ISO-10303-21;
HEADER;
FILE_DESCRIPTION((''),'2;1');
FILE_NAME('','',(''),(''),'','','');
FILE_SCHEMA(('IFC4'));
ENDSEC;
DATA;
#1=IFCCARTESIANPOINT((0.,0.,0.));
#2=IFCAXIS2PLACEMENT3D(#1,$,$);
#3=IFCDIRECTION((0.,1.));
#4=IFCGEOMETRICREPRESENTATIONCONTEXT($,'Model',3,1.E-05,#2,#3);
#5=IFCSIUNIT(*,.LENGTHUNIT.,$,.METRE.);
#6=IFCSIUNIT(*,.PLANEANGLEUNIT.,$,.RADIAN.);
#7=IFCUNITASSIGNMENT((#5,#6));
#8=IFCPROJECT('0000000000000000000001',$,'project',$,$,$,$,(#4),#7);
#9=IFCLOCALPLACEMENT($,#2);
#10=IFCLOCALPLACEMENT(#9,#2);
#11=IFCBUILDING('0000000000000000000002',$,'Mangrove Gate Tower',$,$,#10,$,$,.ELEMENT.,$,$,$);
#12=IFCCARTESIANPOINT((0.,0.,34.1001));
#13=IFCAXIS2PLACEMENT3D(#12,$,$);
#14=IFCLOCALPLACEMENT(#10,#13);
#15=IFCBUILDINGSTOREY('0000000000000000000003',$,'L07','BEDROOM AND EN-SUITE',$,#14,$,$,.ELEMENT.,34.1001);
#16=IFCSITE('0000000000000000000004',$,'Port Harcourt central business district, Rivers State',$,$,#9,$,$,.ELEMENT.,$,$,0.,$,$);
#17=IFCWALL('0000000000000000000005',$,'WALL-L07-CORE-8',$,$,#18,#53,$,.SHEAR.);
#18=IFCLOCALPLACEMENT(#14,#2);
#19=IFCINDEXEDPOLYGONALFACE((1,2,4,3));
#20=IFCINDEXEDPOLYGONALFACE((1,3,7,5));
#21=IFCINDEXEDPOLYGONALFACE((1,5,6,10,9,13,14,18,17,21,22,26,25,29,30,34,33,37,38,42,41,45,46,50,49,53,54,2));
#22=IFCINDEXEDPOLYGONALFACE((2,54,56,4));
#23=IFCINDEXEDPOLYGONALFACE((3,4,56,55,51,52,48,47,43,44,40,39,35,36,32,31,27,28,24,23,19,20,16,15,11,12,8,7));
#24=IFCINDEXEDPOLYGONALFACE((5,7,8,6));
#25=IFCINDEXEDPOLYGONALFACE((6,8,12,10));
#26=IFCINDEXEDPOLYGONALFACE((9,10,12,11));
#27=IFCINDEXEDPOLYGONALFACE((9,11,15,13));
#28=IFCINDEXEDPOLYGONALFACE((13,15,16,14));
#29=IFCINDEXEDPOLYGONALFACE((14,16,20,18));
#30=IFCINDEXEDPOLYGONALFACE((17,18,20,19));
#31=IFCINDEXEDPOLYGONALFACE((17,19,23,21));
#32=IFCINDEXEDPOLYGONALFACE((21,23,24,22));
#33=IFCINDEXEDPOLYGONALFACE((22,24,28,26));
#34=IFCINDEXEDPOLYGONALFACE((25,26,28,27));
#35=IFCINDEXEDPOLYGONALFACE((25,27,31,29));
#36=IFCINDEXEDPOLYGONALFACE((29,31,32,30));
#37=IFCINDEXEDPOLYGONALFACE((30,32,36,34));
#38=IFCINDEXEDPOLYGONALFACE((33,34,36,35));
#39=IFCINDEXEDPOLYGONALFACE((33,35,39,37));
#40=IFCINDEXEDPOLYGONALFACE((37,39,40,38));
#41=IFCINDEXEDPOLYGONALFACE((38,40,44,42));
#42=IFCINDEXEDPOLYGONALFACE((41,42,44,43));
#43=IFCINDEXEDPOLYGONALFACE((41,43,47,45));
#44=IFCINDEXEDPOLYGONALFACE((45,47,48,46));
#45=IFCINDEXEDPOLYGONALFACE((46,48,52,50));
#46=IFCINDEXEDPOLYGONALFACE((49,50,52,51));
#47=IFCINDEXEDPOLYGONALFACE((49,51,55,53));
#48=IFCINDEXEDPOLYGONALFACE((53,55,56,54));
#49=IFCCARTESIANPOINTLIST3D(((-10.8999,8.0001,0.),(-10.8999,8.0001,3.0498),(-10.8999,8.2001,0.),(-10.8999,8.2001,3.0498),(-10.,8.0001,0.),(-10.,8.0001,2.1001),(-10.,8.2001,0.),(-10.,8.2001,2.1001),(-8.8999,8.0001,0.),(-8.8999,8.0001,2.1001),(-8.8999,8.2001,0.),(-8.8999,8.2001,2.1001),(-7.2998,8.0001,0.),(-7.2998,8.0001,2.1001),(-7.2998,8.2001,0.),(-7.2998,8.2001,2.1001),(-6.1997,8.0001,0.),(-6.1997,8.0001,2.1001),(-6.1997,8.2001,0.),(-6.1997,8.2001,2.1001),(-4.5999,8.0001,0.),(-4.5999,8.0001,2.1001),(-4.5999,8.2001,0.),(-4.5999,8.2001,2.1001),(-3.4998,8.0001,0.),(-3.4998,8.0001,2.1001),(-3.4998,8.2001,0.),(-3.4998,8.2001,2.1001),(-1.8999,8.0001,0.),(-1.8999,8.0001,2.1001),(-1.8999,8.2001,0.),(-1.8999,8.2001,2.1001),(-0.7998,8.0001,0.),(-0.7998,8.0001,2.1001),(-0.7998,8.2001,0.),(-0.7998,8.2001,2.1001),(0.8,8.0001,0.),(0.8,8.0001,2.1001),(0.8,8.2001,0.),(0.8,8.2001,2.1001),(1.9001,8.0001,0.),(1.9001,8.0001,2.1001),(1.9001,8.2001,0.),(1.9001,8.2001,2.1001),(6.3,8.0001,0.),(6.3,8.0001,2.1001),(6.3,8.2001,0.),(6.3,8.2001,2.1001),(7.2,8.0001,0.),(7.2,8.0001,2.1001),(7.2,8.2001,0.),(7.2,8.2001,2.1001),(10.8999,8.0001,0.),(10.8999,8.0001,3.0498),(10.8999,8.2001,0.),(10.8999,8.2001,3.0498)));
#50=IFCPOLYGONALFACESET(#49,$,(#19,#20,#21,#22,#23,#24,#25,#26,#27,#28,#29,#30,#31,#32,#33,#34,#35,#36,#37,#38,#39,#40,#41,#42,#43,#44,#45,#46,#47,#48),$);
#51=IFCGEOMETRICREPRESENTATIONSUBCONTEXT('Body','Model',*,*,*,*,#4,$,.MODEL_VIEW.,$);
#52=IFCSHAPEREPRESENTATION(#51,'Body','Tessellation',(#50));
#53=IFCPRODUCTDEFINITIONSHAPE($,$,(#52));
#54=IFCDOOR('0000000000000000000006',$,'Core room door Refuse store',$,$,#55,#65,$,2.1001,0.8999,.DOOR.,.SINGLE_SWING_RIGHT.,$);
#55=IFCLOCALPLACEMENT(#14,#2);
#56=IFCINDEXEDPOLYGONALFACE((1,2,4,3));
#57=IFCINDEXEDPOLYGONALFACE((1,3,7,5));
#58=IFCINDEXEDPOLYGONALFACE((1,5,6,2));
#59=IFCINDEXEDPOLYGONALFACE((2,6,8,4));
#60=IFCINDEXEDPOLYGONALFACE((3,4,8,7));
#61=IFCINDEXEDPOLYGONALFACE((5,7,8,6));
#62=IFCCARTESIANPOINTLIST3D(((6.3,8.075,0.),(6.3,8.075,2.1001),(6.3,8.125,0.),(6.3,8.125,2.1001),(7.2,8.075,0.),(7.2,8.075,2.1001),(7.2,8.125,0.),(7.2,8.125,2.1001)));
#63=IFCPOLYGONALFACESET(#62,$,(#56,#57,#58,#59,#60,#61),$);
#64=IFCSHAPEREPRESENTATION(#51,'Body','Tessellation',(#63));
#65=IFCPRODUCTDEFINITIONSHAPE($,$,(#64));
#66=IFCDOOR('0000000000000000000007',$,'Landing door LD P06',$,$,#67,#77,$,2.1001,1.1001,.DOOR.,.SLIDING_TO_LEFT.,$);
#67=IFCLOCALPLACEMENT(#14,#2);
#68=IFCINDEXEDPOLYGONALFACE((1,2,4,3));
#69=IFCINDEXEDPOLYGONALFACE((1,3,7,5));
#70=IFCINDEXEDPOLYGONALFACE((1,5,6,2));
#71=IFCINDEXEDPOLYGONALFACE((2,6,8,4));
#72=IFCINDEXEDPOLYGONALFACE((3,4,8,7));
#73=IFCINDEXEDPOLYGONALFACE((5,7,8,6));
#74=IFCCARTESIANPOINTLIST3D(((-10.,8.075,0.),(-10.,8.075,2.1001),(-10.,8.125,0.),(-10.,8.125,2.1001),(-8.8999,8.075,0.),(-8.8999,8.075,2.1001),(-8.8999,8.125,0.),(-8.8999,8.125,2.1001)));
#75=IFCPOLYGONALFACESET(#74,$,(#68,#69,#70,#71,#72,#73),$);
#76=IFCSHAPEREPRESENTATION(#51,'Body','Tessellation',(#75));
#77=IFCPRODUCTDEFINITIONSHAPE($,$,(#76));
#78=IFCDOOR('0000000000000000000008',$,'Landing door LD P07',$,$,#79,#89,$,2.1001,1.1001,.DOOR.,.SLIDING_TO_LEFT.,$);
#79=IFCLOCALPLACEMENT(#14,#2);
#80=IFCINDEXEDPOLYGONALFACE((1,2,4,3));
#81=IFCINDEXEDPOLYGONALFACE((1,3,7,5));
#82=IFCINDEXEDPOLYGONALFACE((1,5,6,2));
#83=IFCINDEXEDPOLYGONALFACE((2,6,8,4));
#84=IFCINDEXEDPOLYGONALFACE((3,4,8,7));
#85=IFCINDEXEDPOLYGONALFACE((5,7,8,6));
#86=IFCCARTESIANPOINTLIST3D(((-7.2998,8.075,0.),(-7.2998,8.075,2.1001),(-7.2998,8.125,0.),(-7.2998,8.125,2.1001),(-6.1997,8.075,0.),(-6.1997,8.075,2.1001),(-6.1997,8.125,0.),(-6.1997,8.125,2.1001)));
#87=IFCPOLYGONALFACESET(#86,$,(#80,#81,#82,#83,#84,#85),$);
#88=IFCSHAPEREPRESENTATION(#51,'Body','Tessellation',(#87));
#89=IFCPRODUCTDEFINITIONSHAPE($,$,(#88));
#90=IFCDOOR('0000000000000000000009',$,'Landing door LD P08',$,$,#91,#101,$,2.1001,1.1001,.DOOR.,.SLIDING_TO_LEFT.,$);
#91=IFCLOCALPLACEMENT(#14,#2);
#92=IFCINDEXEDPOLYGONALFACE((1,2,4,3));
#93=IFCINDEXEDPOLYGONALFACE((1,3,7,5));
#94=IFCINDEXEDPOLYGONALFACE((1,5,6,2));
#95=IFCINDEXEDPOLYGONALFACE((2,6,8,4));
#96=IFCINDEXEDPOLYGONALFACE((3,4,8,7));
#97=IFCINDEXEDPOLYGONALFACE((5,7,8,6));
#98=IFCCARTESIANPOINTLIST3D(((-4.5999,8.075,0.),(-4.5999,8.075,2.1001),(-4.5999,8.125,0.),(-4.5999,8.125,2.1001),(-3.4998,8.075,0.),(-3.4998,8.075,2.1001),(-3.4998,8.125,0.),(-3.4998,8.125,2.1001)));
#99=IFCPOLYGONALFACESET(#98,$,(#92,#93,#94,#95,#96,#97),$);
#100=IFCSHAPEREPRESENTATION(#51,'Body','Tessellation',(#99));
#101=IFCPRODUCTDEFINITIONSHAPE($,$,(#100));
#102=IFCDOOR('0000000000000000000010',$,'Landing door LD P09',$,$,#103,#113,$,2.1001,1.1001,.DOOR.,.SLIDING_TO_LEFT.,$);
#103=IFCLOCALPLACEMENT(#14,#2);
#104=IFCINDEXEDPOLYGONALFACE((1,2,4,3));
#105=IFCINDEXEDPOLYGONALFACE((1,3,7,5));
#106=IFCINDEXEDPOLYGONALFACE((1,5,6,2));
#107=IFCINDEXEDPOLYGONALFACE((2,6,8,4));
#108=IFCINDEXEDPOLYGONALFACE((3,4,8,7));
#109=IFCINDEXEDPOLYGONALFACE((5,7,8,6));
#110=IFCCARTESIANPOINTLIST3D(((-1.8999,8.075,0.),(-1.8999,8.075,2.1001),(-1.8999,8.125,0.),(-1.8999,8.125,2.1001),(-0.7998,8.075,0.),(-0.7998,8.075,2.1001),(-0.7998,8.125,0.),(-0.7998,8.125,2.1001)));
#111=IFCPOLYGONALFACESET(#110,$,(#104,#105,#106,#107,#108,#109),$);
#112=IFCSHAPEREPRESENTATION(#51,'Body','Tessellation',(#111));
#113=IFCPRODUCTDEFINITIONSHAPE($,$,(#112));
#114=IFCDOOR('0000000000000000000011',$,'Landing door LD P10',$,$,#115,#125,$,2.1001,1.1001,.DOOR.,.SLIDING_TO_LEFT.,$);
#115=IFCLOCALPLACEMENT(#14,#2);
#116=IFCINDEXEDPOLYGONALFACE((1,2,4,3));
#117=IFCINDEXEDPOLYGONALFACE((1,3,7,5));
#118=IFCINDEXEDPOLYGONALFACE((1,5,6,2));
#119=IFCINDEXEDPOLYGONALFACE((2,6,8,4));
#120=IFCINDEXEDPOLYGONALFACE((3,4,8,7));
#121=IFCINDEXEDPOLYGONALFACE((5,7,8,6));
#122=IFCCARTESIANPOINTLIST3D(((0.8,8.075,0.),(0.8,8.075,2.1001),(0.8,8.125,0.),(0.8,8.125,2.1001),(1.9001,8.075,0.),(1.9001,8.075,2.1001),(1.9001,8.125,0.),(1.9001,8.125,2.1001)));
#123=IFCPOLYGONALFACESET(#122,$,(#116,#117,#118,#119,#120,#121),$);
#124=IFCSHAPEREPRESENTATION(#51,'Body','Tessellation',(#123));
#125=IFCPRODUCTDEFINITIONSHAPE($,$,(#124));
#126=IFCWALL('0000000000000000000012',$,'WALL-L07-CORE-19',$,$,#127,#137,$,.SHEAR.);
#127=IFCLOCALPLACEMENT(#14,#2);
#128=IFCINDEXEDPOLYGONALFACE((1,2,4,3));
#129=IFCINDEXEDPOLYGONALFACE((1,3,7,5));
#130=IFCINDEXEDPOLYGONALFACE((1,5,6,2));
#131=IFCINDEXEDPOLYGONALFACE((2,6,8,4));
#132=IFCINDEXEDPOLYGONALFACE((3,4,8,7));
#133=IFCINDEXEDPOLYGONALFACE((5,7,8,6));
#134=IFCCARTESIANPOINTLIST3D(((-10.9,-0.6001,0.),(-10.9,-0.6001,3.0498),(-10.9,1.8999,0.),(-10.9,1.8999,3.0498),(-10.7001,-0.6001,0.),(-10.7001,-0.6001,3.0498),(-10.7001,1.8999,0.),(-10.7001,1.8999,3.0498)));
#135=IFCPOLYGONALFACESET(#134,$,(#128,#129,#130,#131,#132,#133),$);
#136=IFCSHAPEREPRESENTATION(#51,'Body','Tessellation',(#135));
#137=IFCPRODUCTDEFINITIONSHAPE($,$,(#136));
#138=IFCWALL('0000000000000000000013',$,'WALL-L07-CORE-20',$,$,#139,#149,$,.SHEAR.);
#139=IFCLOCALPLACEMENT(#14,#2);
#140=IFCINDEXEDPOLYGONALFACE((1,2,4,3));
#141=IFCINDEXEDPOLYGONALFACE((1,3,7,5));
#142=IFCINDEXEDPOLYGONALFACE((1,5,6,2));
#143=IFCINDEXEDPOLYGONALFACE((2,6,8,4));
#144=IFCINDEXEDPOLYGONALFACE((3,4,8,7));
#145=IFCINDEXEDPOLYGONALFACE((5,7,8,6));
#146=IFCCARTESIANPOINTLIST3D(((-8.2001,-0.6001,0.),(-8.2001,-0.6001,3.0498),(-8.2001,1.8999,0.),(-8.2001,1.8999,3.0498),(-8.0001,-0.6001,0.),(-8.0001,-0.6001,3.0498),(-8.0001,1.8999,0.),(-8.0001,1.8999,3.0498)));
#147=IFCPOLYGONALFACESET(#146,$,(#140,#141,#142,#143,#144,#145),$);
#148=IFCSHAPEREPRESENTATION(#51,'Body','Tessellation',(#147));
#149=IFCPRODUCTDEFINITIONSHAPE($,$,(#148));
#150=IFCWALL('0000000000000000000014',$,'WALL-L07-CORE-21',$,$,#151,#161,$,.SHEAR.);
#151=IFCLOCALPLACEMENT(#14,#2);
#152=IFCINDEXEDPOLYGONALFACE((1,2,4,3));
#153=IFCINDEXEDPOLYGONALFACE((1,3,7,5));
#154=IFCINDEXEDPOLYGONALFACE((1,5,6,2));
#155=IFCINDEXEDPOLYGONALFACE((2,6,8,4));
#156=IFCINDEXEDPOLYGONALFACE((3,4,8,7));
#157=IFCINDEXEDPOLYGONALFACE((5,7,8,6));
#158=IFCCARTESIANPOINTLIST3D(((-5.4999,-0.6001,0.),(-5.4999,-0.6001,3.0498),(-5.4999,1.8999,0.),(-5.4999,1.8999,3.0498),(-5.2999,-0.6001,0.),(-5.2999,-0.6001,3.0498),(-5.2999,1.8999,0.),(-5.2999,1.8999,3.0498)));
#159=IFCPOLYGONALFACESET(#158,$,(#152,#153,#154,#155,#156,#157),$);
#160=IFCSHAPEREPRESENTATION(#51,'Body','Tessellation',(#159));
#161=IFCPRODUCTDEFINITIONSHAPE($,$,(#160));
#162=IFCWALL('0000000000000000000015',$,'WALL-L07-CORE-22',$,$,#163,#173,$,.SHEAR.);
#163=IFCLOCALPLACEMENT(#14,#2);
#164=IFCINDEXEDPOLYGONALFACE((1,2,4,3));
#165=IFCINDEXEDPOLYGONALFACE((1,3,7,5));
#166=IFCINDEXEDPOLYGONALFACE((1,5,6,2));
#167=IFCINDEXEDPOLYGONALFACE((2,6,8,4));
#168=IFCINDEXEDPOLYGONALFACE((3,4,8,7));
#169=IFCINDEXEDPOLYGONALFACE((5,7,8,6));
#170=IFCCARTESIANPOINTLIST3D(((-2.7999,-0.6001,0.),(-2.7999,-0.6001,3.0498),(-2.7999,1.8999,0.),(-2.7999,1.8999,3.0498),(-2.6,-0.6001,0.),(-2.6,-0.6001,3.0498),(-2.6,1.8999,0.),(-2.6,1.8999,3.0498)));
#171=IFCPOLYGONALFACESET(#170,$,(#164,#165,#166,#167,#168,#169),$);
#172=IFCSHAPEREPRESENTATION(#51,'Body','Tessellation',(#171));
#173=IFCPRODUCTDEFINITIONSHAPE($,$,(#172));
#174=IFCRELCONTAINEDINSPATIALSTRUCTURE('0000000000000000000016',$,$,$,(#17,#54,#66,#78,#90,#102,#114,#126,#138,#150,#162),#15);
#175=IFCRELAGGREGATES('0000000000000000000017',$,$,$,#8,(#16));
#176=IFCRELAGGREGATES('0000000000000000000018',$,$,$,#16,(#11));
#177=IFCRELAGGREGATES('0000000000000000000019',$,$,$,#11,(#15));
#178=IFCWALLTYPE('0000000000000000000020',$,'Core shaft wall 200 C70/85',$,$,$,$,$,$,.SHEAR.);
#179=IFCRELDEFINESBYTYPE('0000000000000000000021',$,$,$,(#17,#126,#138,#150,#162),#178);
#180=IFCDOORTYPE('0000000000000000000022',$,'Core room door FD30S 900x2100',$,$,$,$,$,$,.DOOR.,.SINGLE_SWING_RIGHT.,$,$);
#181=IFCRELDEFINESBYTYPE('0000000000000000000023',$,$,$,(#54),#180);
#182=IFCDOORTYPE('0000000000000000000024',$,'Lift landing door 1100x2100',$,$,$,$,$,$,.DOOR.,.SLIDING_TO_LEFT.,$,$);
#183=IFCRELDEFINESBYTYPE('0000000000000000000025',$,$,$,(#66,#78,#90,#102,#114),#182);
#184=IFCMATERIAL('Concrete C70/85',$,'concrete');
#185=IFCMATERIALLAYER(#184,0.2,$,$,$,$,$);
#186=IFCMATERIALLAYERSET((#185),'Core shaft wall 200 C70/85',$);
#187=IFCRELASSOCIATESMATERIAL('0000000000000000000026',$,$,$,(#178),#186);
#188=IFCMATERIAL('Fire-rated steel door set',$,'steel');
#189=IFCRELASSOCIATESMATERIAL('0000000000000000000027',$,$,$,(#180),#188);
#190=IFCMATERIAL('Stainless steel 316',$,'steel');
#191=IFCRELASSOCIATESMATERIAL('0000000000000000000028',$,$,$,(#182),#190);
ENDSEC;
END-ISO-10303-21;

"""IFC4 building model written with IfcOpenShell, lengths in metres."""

from ifc_helpers import new_model, si_unit, direction, frame, frame_2d, origin, place, context, subcontext, project, spatial, rectangle, extrude, material, layer, layer_set, type_object, element, fill, save


model = new_model("IFC4")

# Units and contexts
model_context = context("Model", 3, precision=1e-05, world=origin(), true_north=direction((0.0, 1.0)))
body_context = subcontext(model_context, "Body", "Model", "MODEL_VIEW")
ifc_project = project(units=[si_unit("LENGTHUNIT", "METRE"), si_unit("PLANEANGLEUNIT", "RADIAN")], contexts=[model_context])

# Site, building, storey
site_placement = place(None, origin())
site = spatial("IfcSite", under=ifc_project, at=site_placement, Name="Port Harcourt central business district, Rivers State", CompositionType="ELEMENT", RefElevation=0.0)
building_placement = place(site_placement, origin())
building = spatial("IfcBuilding", under=site, at=building_placement, Name="Mangrove Gate Tower", CompositionType="ELEMENT")
storey_placement = place(building_placement, frame((0.0, 0.0, 34.1001)))
storey = spatial("IfcBuildingStorey", under=building, at=storey_placement, Name="L07", Description="BEDROOM AND EN-SUITE", CompositionType="ELEMENT", Elevation=34.1001)

# Wall, openings, doors
ifc_material_1 = material(Name="Concrete C70/85", Category="concrete")
ifc_layer = layer(ifc_material_1, 0.2)
ifc_layer_set = layer_set([ifc_layer], Name="Core shaft wall 200 C70/85")
wall_type = type_object("IfcWallType", Name="Core shaft wall 200 C70/85", PredefinedType="SHEAR", material=ifc_layer_set)
wall_placement = place(storey_placement, frame((-10.8999, 8.1001, 0.0), z_axis=(0.0, 0.0, 1.0), x_axis=(1.0, 0.0, 0.0)))
wall = element("IfcWall", 1, at=wall_placement, inside=storey, type_object=wall_type, Name="WALL-L07-CORE-8", PredefinedType="SHEAR", context=body_context, shape_type="SweptSolid", body=[
    extrude(rectangle(XDim=21.7998, YDim=0.2, at=frame_2d((10.8999, 0.0))), origin(), (0.0, 0.0, 1.0), 3.0498),
])
opening_1_placement = place(wall_placement, frame((0.8999, 0.0, 0.0)))
opening_1 = element("IfcOpeningElement", 2, at=opening_1_placement, cuts=wall, PredefinedType="OPENING", context=body_context, shape_type="SweptSolid", body=[
    extrude(rectangle(XDim=1.1001, YDim=2.1001, at=frame_2d((0.55, 1.05))), frame((0.0, 0.1099, 0.0), z_axis=(0.0, -1.0, 0.0), x_axis=(1.0, 0.0, 0.0)), (0.0, 0.0, 1.0), 0.22),
])
opening_2_placement = place(wall_placement, frame((3.6001, 0.0, 0.0)))
opening_2 = element("IfcOpeningElement", 3, at=opening_2_placement, cuts=wall, PredefinedType="OPENING", context=body_context, shape_type="SweptSolid", body=[
    extrude(rectangle(XDim=1.1001, YDim=2.1001, at=frame_2d((0.55, 1.05))), frame((0.0, 0.1099, 0.0), z_axis=(0.0, -1.0, 0.0), x_axis=(1.0, 0.0, 0.0)), (0.0, 0.0, 1.0), 0.22),
])
opening_3_placement = place(wall_placement, frame((6.3, 0.0, 0.0)))
opening_3 = element("IfcOpeningElement", 4, at=opening_3_placement, cuts=wall, PredefinedType="OPENING", context=body_context, shape_type="SweptSolid", body=[
    extrude(rectangle(XDim=1.1001, YDim=2.1001, at=frame_2d((0.55, 1.05))), frame((0.0, 0.1099, 0.0), z_axis=(0.0, -1.0, 0.0), x_axis=(1.0, 0.0, 0.0)), (0.0, 0.0, 1.0), 0.22),
])
opening_4_placement = place(wall_placement, frame((9.0, 0.0, 0.0)))
opening_4 = element("IfcOpeningElement", 5, at=opening_4_placement, cuts=wall, PredefinedType="OPENING", context=body_context, shape_type="SweptSolid", body=[
    extrude(rectangle(XDim=1.1001, YDim=2.1001, at=frame_2d((0.55, 1.05))), frame((0.0, 0.1099, 0.0), z_axis=(0.0, -1.0, 0.0), x_axis=(1.0, 0.0, 0.0)), (0.0, 0.0, 1.0), 0.22),
])
opening_5_placement = place(wall_placement, frame((11.7, 0.0, 0.0)))
opening_5 = element("IfcOpeningElement", 6, at=opening_5_placement, cuts=wall, PredefinedType="OPENING", context=body_context, shape_type="SweptSolid", body=[
    extrude(rectangle(XDim=1.1001, YDim=2.1001, at=frame_2d((0.55, 1.05))), frame((0.0, 0.1099, 0.0), z_axis=(0.0, -1.0, 0.0), x_axis=(1.0, 0.0, 0.0)), (0.0, 0.0, 1.0), 0.22),
])
opening_6_placement = place(wall_placement, frame((17.2, 0.0, 0.0)))
opening_6 = element("IfcOpeningElement", 7, at=opening_6_placement, cuts=wall, PredefinedType="OPENING", context=body_context, shape_type="SweptSolid", body=[
    extrude(rectangle(XDim=0.8999, YDim=2.1001, at=frame_2d((0.45, 1.05))), frame((0.0, 0.1099, 0.0), z_axis=(0.0, -1.0, 0.0), x_axis=(1.0, 0.0, 0.0)), (0.0, 0.0, 1.0), 0.22),
])
ifc_material_2 = material(Name="Fire-rated steel door set", Category="steel")
door_type_1 = type_object("IfcDoorType", Name="Core room door FD30S 900x2100", OperationType="SINGLE_SWING_RIGHT", PredefinedType="DOOR", material=ifc_material_2)
door_1_placement = place(opening_6_placement, origin())
door_1 = element("IfcDoor", 8, at=door_1_placement, inside=storey, type_object=door_type_1, Name="Core room door Refuse store", OperationType="SINGLE_SWING_RIGHT", OverallHeight=2.1001, OverallWidth=0.8999, PredefinedType="DOOR", context=body_context, shape_type="SweptSolid", body=[
    extrude(rectangle(XDim=0.8999, YDim=2.1001, at=frame_2d((0.45, 1.05))), frame((0.0, 0.0249, 0.0), z_axis=(0.0, -1.0, 0.0), x_axis=(1.0, 0.0, 0.0)), (0.0, 0.0, 1.0), 0.05),
])
fill(opening_6, door_1)
ifc_material_3 = material(Name="Stainless steel 316", Category="steel")
door_type_2 = type_object("IfcDoorType", Name="Lift landing door 1100x2100", OperationType="SLIDING_TO_LEFT", PredefinedType="DOOR", material=ifc_material_3)
door_2_placement = place(opening_1_placement, origin())
door_2 = element("IfcDoor", 9, at=door_2_placement, inside=storey, type_object=door_type_2, Name="Landing door LD P06", OperationType="SLIDING_TO_LEFT", OverallHeight=2.1001, OverallWidth=1.1001, PredefinedType="DOOR", context=body_context, shape_type="SweptSolid", body=[
    extrude(rectangle(XDim=1.1001, YDim=2.1001, at=frame_2d((0.55, 1.05))), frame((0.0, 0.0249, 0.0), z_axis=(0.0, -1.0, 0.0), x_axis=(1.0, 0.0, 0.0)), (0.0, 0.0, 1.0), 0.05),
])
fill(opening_1, door_2)
door_3_placement = place(opening_2_placement, origin())
door_3 = element("IfcDoor", 10, at=door_3_placement, inside=storey, type_object=door_type_2, Name="Landing door LD P07", OperationType="SLIDING_TO_LEFT", OverallHeight=2.1001, OverallWidth=1.1001, PredefinedType="DOOR", context=body_context, shape_type="SweptSolid", body=[
    extrude(rectangle(XDim=1.1001, YDim=2.1001, at=frame_2d((0.55, 1.05))), frame((0.0, 0.0249, 0.0), z_axis=(0.0, -1.0, 0.0), x_axis=(1.0, 0.0, 0.0)), (0.0, 0.0, 1.0), 0.05),
])
fill(opening_2, door_3)
door_4_placement = place(opening_3_placement, origin())
door_4 = element("IfcDoor", 11, at=door_4_placement, inside=storey, type_object=door_type_2, Name="Landing door LD P08", OperationType="SLIDING_TO_LEFT", OverallHeight=2.1001, OverallWidth=1.1001, PredefinedType="DOOR", context=body_context, shape_type="SweptSolid", body=[
    extrude(rectangle(XDim=1.1001, YDim=2.1001, at=frame_2d((0.55, 1.05))), frame((0.0, 0.0249, 0.0), z_axis=(0.0, -1.0, 0.0), x_axis=(1.0, 0.0, 0.0)), (0.0, 0.0, 1.0), 0.05),
])
fill(opening_3, door_4)
door_5_placement = place(opening_4_placement, origin())
door_5 = element("IfcDoor", 12, at=door_5_placement, inside=storey, type_object=door_type_2, Name="Landing door LD P09", OperationType="SLIDING_TO_LEFT", OverallHeight=2.1001, OverallWidth=1.1001, PredefinedType="DOOR", context=body_context, shape_type="SweptSolid", body=[
    extrude(rectangle(XDim=1.1001, YDim=2.1001, at=frame_2d((0.55, 1.05))), frame((0.0, 0.0249, 0.0), z_axis=(0.0, -1.0, 0.0), x_axis=(1.0, 0.0, 0.0)), (0.0, 0.0, 1.0), 0.05),
])
fill(opening_4, door_5)
door_6_placement = place(opening_5_placement, origin())
door_6 = element("IfcDoor", 13, at=door_6_placement, inside=storey, type_object=door_type_2, Name="Landing door LD P10", OperationType="SLIDING_TO_LEFT", OverallHeight=2.1001, OverallWidth=1.1001, PredefinedType="DOOR", context=body_context, shape_type="SweptSolid", body=[
    extrude(rectangle(XDim=1.1001, YDim=2.1001, at=frame_2d((0.55, 1.05))), frame((0.0, 0.0249, 0.0), z_axis=(0.0, -1.0, 0.0), x_axis=(1.0, 0.0, 0.0)), (0.0, 0.0, 1.0), 0.05),
])
fill(opening_5, door_6)

# Walls
for number, where, z_axis, x_axis, name in (
    (14, (-10.8, -0.6001, 0.0), (0.0, 0.0, 1.0), (0.0, 1.0, 0.0), "WALL-L07-CORE-19"),
    (15, (-8.1001, -0.6001, 0.0), (0.0, 0.0, 1.0), (0.0, 1.0, 0.0), "WALL-L07-CORE-20"),
    (16, (-5.3999, -0.6001, 0.0), (0.0, 0.0, 1.0), (0.0, 1.0, 0.0), "WALL-L07-CORE-21"),
    (17, (-2.7, -0.6001, 0.0), (0.0, 0.0, 1.0), (0.0, 1.0, 0.0), "WALL-L07-CORE-22"),
):
    element("IfcWall", number, at=place(storey_placement, frame(where, z_axis=z_axis, x_axis=x_axis)), inside=storey, type_object=wall_type, Name=name, PredefinedType="SHEAR", context=body_context, shape_type="SweptSolid", body=[
        extrude(rectangle(XDim=2.5, YDim=0.2, at=frame_2d((1.25, 0.0))), origin(), (0.0, 0.0, 1.0), 3.0498),
    ])

save(model, "model.ifc")
